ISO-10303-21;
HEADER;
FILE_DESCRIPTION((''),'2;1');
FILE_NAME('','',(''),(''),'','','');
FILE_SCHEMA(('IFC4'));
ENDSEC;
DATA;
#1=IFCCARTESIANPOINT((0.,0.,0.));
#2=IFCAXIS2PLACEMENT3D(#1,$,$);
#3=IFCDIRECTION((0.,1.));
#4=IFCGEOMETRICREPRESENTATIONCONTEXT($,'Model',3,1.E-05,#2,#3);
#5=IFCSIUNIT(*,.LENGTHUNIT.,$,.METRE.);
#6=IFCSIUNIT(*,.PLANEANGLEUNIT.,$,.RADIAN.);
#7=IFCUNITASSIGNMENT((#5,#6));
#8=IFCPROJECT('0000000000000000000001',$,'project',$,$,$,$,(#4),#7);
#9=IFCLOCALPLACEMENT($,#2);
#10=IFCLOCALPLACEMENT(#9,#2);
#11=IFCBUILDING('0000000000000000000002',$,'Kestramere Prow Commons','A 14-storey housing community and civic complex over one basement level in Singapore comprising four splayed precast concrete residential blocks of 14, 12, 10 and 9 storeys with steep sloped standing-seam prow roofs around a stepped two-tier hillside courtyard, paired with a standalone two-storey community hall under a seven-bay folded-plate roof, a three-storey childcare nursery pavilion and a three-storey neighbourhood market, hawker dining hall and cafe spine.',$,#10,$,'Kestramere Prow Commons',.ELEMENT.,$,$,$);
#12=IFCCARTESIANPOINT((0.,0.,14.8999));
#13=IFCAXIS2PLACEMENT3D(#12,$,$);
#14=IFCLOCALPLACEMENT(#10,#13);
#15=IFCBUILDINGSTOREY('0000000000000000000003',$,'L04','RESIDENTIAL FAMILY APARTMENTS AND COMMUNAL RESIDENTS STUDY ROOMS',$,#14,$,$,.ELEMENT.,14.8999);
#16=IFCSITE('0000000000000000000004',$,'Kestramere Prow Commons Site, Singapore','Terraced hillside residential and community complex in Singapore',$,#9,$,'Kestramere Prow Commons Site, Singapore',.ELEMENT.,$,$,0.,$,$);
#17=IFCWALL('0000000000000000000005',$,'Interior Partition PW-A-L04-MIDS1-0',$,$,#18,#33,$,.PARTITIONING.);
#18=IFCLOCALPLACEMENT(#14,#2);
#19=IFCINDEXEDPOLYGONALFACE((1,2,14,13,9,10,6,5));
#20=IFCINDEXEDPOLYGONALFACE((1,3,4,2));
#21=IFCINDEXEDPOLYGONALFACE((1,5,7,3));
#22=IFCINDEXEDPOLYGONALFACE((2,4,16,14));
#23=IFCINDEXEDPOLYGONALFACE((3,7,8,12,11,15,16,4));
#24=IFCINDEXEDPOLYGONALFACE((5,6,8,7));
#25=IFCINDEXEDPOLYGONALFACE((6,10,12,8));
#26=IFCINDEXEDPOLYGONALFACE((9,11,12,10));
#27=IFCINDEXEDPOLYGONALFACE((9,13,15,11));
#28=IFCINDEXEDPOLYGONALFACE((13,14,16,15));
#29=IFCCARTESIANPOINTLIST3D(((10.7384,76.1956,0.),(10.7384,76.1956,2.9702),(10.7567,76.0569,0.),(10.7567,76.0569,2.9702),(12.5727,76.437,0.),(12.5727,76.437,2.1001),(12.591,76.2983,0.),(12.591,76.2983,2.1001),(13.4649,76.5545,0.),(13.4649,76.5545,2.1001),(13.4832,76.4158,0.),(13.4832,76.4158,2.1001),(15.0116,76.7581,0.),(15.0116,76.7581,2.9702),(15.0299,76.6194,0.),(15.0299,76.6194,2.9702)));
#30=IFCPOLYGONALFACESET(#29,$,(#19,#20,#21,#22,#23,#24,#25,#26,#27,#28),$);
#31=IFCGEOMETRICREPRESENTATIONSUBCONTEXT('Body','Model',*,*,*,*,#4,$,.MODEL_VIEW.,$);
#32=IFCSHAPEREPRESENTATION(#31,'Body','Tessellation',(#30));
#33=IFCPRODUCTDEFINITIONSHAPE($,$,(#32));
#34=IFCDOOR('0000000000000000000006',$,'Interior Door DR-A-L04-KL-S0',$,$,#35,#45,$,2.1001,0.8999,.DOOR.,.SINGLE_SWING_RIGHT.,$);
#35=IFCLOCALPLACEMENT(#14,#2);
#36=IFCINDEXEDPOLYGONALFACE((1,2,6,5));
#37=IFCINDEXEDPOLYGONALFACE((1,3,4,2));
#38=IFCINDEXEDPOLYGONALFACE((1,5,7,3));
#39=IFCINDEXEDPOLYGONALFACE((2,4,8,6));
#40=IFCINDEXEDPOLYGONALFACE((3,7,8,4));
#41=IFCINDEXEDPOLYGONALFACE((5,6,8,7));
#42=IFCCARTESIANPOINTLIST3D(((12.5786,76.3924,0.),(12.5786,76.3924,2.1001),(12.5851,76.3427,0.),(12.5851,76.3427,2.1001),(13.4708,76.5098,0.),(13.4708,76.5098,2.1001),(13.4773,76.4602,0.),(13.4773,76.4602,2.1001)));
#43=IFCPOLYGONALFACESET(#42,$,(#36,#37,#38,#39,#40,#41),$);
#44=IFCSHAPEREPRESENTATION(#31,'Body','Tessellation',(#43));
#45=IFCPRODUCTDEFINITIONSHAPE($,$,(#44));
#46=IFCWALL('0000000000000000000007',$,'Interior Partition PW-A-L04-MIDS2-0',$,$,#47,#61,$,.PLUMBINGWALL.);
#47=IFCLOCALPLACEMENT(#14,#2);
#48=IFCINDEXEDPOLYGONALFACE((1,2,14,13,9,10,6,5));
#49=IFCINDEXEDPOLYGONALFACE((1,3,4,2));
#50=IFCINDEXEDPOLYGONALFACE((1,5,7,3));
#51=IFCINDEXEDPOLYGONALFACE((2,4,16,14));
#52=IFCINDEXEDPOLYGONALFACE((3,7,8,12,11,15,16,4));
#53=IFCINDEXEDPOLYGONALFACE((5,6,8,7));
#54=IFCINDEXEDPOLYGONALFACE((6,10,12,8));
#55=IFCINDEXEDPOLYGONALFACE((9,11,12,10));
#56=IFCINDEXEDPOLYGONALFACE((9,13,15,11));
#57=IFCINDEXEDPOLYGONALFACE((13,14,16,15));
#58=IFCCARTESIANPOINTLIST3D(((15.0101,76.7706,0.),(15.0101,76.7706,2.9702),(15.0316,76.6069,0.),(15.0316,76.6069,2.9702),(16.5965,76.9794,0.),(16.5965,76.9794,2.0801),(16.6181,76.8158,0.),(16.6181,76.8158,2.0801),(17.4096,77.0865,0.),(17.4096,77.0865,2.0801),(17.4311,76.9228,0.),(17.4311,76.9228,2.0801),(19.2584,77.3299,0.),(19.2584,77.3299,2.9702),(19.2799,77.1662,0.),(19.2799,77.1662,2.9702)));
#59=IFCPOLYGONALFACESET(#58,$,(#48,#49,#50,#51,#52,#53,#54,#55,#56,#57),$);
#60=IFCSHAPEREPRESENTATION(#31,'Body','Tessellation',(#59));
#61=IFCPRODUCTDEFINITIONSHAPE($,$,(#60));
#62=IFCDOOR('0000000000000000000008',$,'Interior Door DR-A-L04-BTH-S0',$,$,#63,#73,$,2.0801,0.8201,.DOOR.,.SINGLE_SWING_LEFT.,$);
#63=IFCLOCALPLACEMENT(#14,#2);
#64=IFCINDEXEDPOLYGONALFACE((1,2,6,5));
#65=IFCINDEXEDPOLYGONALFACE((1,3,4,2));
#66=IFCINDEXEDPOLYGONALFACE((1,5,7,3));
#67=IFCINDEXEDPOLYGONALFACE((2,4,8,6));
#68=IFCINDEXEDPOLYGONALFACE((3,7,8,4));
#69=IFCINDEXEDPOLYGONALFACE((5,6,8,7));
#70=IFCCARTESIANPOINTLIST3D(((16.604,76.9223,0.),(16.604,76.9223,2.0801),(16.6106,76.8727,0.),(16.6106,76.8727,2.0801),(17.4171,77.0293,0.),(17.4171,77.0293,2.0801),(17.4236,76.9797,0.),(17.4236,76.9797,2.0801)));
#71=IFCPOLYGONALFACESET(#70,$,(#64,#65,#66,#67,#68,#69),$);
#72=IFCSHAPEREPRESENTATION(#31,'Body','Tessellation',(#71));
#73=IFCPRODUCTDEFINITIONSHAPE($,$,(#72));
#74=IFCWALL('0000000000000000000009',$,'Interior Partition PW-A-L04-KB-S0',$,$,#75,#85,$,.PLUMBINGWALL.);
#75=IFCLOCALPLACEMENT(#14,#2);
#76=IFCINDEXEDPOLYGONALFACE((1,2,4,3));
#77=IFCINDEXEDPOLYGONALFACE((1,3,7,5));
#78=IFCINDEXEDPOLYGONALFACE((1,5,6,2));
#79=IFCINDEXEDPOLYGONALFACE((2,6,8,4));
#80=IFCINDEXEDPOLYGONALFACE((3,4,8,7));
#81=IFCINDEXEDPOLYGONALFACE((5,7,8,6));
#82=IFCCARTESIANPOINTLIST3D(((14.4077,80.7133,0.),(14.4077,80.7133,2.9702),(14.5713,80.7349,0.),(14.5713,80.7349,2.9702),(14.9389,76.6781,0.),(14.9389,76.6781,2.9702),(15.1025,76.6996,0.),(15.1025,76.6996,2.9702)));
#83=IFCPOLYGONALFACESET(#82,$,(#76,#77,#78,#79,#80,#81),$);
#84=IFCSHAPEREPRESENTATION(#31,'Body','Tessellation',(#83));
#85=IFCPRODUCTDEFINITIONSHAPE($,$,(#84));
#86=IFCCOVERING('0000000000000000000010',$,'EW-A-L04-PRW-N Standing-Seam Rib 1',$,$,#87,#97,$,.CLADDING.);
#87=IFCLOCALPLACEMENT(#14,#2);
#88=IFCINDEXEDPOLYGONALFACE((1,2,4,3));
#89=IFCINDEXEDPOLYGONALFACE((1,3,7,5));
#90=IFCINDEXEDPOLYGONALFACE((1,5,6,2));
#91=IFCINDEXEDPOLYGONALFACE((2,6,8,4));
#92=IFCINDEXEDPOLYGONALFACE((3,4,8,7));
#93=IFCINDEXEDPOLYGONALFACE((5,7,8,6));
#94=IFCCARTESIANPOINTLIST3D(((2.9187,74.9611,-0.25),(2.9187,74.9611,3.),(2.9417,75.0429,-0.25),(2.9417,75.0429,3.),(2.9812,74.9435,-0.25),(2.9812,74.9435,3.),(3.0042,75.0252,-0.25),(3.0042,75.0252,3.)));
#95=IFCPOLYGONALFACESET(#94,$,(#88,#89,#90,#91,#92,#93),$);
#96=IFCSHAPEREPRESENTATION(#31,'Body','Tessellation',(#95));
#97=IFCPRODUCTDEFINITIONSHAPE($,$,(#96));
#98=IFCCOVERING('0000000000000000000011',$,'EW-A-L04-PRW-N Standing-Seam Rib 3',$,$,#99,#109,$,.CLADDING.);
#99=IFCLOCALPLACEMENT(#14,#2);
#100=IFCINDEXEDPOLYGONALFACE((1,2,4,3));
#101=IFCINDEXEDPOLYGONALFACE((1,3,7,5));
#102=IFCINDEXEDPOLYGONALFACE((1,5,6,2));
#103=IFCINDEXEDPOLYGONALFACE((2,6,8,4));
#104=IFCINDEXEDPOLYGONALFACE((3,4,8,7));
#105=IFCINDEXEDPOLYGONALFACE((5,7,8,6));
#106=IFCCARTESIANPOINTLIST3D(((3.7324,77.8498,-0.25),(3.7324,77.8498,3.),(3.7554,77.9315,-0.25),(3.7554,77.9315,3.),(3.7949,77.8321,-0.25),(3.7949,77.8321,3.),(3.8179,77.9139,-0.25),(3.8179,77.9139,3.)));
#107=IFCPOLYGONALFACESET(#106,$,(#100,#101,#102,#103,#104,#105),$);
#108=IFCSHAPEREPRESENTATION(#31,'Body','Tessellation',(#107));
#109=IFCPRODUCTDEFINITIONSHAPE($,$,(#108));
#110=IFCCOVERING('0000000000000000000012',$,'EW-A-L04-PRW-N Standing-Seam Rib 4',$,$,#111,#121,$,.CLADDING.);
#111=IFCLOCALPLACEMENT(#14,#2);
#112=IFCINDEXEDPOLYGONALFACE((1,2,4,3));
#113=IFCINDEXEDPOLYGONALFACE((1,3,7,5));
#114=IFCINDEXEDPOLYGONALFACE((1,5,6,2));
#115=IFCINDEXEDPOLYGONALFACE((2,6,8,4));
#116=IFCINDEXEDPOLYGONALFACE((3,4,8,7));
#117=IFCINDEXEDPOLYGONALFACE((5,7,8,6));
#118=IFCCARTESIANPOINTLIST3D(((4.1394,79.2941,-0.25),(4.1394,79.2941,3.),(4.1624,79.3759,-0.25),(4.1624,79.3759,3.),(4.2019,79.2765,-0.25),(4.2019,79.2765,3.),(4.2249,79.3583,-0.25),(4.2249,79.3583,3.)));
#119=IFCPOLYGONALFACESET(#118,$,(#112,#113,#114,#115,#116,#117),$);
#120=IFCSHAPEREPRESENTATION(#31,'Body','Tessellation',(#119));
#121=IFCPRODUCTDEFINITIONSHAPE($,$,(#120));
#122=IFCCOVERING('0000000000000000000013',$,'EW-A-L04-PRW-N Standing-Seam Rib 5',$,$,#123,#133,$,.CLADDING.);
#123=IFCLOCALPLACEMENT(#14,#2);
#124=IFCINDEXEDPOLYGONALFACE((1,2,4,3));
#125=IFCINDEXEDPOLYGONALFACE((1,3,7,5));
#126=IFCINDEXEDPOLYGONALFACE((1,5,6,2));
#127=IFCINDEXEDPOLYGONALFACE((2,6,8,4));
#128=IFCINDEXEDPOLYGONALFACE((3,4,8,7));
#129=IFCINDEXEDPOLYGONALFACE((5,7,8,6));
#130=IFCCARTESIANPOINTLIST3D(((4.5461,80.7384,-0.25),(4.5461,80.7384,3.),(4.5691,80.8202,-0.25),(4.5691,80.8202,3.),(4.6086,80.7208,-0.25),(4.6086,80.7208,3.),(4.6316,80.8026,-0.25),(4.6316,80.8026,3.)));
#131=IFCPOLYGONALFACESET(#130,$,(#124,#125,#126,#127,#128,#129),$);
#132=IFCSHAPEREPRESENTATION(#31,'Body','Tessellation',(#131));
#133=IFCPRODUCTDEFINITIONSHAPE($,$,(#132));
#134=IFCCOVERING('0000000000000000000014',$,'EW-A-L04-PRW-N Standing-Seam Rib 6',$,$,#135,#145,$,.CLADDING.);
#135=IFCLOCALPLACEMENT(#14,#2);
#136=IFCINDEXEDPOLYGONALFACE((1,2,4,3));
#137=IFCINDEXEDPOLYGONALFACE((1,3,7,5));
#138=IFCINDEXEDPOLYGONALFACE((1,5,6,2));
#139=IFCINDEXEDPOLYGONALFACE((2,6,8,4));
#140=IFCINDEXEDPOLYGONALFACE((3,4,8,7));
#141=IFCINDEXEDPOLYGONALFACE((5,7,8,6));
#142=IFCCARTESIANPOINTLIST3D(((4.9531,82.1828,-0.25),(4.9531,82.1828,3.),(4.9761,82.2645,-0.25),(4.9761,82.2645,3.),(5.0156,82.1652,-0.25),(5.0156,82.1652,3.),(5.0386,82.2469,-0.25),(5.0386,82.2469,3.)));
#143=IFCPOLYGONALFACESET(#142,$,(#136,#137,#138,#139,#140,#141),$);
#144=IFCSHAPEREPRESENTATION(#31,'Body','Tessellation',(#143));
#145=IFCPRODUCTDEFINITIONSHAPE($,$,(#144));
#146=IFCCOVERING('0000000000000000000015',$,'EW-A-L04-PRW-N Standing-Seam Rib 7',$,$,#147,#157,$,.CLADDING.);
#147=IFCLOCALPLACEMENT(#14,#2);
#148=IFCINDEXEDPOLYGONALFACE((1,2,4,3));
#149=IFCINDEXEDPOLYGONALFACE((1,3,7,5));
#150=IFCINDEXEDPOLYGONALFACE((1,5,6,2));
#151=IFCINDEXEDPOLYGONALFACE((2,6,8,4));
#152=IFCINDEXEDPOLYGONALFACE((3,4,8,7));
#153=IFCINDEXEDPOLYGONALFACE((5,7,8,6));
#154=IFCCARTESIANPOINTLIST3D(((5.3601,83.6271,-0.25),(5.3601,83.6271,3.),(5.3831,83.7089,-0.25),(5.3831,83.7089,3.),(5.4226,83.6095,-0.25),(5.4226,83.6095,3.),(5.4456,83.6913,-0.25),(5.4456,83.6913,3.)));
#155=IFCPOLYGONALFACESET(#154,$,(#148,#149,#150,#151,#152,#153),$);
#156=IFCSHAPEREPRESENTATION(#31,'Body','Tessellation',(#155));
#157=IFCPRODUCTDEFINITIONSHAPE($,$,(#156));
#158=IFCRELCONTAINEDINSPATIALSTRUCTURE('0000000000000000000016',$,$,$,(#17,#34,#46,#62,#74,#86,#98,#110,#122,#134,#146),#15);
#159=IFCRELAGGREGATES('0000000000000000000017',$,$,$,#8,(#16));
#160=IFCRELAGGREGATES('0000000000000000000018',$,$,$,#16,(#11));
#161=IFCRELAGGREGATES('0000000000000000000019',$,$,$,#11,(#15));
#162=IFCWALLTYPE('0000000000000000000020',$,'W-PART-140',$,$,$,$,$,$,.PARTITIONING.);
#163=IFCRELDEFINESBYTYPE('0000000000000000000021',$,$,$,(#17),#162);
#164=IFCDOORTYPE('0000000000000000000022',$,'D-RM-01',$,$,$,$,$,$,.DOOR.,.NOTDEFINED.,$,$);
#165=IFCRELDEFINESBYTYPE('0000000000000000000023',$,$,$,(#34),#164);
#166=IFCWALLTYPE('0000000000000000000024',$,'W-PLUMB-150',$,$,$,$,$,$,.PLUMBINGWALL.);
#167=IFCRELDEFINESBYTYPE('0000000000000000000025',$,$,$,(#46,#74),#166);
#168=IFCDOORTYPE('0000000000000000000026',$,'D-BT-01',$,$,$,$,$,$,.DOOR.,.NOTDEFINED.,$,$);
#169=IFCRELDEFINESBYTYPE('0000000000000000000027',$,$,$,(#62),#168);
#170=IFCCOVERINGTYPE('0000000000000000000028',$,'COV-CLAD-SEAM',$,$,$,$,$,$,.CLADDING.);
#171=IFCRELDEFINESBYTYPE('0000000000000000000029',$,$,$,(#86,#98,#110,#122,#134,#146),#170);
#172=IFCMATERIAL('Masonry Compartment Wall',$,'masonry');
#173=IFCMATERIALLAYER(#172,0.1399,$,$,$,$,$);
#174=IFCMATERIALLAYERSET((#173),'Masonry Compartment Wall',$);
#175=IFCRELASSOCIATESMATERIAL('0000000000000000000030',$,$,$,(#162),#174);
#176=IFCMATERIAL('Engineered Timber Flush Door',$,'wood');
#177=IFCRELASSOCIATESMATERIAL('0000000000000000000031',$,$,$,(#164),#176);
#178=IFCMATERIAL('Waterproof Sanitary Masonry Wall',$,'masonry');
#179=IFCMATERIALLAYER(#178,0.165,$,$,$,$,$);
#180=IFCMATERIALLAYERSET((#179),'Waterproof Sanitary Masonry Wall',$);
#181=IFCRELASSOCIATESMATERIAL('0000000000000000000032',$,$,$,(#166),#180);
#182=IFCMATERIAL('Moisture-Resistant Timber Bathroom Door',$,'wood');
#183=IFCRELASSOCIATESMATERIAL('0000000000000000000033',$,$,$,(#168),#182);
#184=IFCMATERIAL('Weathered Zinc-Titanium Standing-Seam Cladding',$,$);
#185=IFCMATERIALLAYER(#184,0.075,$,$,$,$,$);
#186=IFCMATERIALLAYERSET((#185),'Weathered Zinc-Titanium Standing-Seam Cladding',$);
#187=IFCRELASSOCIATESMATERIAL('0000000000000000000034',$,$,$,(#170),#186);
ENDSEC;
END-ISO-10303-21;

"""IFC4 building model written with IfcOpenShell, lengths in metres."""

from ifc_helpers import new_model, si_unit, direction, frame, frame_2d, origin, origin_2d, place, context, subcontext, project, spatial, rectangle, extrude, material, layer, layer_set, type_object, element, fill, save


model = new_model("IFC4")

# Units and contexts
model_context = context("Model", 3, precision=1e-05, world=origin(), true_north=direction((0.0, 1.0)))
body_context = subcontext(model_context, "Body", "Model", "MODEL_VIEW")
ifc_project = project(units=[si_unit("LENGTHUNIT", "METRE"), si_unit("PLANEANGLEUNIT", "RADIAN")], contexts=[model_context])

# Site, building, storey
site_placement = place(None, origin())
site = spatial("IfcSite", under=ifc_project, at=site_placement, Name="Kestramere Prow Commons Site, Singapore", Description="Terraced hillside residential and community complex in Singapore", LongName="Kestramere Prow Commons Site, Singapore", CompositionType="ELEMENT", RefElevation=0.0)
building_placement = place(site_placement, origin())
building = spatial("IfcBuilding", under=site, at=building_placement, Name="Kestramere Prow Commons", Description="A 14-storey housing community and civic complex over one basement level in Singapore comprising four splayed precast concrete residential blocks of 14, 12, 10 and 9 storeys with steep sloped standing-seam prow roofs around a stepped two-tier hillside courtyard, paired with a standalone two-storey community hall under a seven-bay folded-plate roof, a three-storey childcare nursery pavilion and a three-storey neighbourhood market, hawker dining hall and cafe spine.", LongName="Kestramere Prow Commons", CompositionType="ELEMENT")
storey_placement = place(building_placement, frame((0.0, 0.0, 14.8999)))
storey = spatial("IfcBuildingStorey", under=building, at=storey_placement, Name="L04", Description="RESIDENTIAL FAMILY APARTMENTS AND COMMUNAL RESIDENTS STUDY ROOMS", CompositionType="ELEMENT", Elevation=14.8999)

# Walls, openings, doors
ifc_material_1 = material(Name="Masonry Compartment Wall", Category="masonry")
ifc_layer_1 = layer(ifc_material_1, 0.1399)
ifc_layer_set_1 = layer_set([ifc_layer_1], Name="Masonry Compartment Wall")
wall_type_1 = type_object("IfcWallType", Name="W-PART-140", PredefinedType="PARTITIONING", material=ifc_layer_set_1)
wall_1_placement = place(storey_placement, frame((10.7476, 76.1262, 0.0), z_axis=(0.0, 0.0, 1.0), x_axis=(0.991447, 0.130509, 0.0)))
wall_1 = element("IfcWall", 1, at=wall_1_placement, inside=storey, type_object=wall_type_1, Name="Interior Partition PW-A-L04-MIDS1-0", PredefinedType="PARTITIONING", context=body_context, shape_type="SweptSolid", body=[
    extrude(rectangle(XDim=4.3101, YDim=0.1399, at=frame_2d((2.155, 0.0))), origin(), (0.0, 0.0, 1.0), 2.9702),
])
opening_1_placement = place(wall_1_placement, frame((1.8501, 0.0, 0.0)))
opening_1 = element("IfcOpeningElement", 2, at=opening_1_placement, cuts=wall_1, PredefinedType="OPENING", context=body_context, shape_type="SweptSolid", body=[
    extrude(rectangle(XDim=0.8999, YDim=2.1001, at=frame_2d((0.45, 1.05))), frame((0.0, 0.085, 0.0), z_axis=(0.0, -1.0, 0.0), x_axis=(1.0, 0.0, 0.0)), (0.0, 0.0, 1.0), 0.1699),
])
ifc_material_2 = material(Name="Engineered Timber Flush Door", Category="wood")
door_type_1 = type_object("IfcDoorType", Name="D-RM-01", OperationType="NOTDEFINED", PredefinedType="DOOR", material=ifc_material_2)
door_1_placement = place(opening_1_placement, origin())
door_1 = element("IfcDoor", 3, at=door_1_placement, inside=storey, type_object=door_type_1, Name="Interior Door DR-A-L04-KL-S0", OperationType="SINGLE_SWING_RIGHT", OverallHeight=2.1001, OverallWidth=0.8999, PredefinedType="DOOR", context=body_context, shape_type="SweptSolid", body=[
    extrude(rectangle(XDim=0.8999, YDim=2.1001, at=frame_2d((0.45, 1.05))), frame((0.0, 0.0249, 0.0), z_axis=(0.0, -1.0, 0.0), x_axis=(1.0, 0.0, 0.0)), (0.0, 0.0, 1.0), 0.05),
])
fill(opening_1, door_1)
ifc_material_3 = material(Name="Waterproof Sanitary Masonry Wall", Category="masonry")
ifc_layer_2 = layer(ifc_material_3, 0.165)
ifc_layer_set_2 = layer_set([ifc_layer_2], Name="Waterproof Sanitary Masonry Wall")
wall_type_2 = type_object("IfcWallType", Name="W-PLUMB-150", PredefinedType="PLUMBINGWALL", material=ifc_layer_set_2)
wall_2_placement = place(storey_placement, frame((15.0208, 76.6887, 0.0), z_axis=(0.0, 0.0, 1.0), x_axis=(0.991444, 0.130533, 0.0)))
wall_2 = element("IfcWall", 4, at=wall_2_placement, inside=storey, type_object=wall_type_2, Name="Interior Partition PW-A-L04-MIDS2-0", PredefinedType="PLUMBINGWALL", context=body_context, shape_type="SweptSolid", body=[
    extrude(rectangle(XDim=4.2849, YDim=0.165, at=frame_2d((2.1426, 0.0))), origin(), (0.0, 0.0, 1.0), 2.9702),
])
opening_2_placement = place(wall_2_placement, frame((1.6001, 0.0, 0.0)))
opening_2 = element("IfcOpeningElement", 5, at=opening_2_placement, cuts=wall_2, PredefinedType="OPENING", context=body_context, shape_type="SweptSolid", body=[
    extrude(rectangle(XDim=0.8201, YDim=2.0801, at=frame_2d((0.4102, 1.04))), frame((0.0, 0.0974, 0.0), z_axis=(0.0, -1.0, 0.0), x_axis=(1.0, 0.0, 0.0)), (0.0, 0.0, 1.0), 0.1951),
])
ifc_material_4 = material(Name="Moisture-Resistant Timber Bathroom Door", Category="wood")
door_type_2 = type_object("IfcDoorType", Name="D-BT-01", OperationType="NOTDEFINED", PredefinedType="DOOR", material=ifc_material_4)
door_2_placement = place(opening_2_placement, origin())
door_2 = element("IfcDoor", 6, at=door_2_placement, inside=storey, type_object=door_type_2, Name="Interior Door DR-A-L04-BTH-S0", OperationType="SINGLE_SWING_LEFT", OverallHeight=2.0801, OverallWidth=0.8201, PredefinedType="DOOR", context=body_context, shape_type="SweptSolid", body=[
    extrude(rectangle(XDim=0.8201, YDim=2.0801, at=frame_2d((0.4102, 1.04))), frame((0.0, 0.0249, 0.0), z_axis=(0.0, -1.0, 0.0), x_axis=(1.0, 0.0, 0.0)), (0.0, 0.0, 1.0), 0.05),
])
fill(opening_2, door_2)

# Wall
wall_3_placement = place(storey_placement, frame((15.0208, 76.6887, 0.0), z_axis=(0.0, 0.0, 1.0), x_axis=(-0.130529, 0.991444, 0.0)))
element("IfcWall", 7, at=wall_3_placement, inside=storey, type_object=wall_type_2, Name="Interior Partition PW-A-L04-KB-S0", PredefinedType="PLUMBINGWALL", context=body_context, shape_type="SweptSolid", body=[
    extrude(rectangle(XDim=4.0701, YDim=0.165, at=frame_2d((2.0352, 0.0))), origin(), (0.0, 0.0, 1.0), 2.9702),
])

# Coverings
ifc_material_5 = material(Name="Weathered Zinc-Titanium Standing-Seam Cladding")
ifc_layer_3 = layer(ifc_material_5, 0.075)
ifc_layer_set_3 = layer_set([ifc_layer_3], Name="Weathered Zinc-Titanium Standing-Seam Cladding")
covering_type = type_object("IfcCoveringType", Name="COV-CLAD-SEAM", PredefinedType="CLADDING", material=ifc_layer_set_3)
for number, where, z_axis, x_axis, name in (
    (8, (2.9614, 74.9932, -0.25), (0.0, 0.0, 1.0), (0.27116, 0.962534, 0.0), "EW-A-L04-PRW-N Standing-Seam Rib 1"),
    (9, (3.7751, 77.8818, -0.25), (0.0, 0.0, 1.0), (0.27116, 0.962534, 0.0), "EW-A-L04-PRW-N Standing-Seam Rib 3"),
    (10, (4.1821, 79.3262, -0.25), (0.0, 0.0, 1.0), (0.27116, 0.962534, 0.0), "EW-A-L04-PRW-N Standing-Seam Rib 4"),
    (11, (4.5889, 80.7705, -0.25), (0.0, 0.0, 1.0), (0.27116, 0.962534, 0.0), "EW-A-L04-PRW-N Standing-Seam Rib 5"),
    (12, (4.9958, 82.2148, -0.25), (0.0, 0.0, 1.0), (0.27116, 0.962534, 0.0), "EW-A-L04-PRW-N Standing-Seam Rib 6"),
    (13, (5.4028, 83.6592, -0.25), (0.0, 0.0, 1.0), (0.27116, 0.962534, 0.0), "EW-A-L04-PRW-N Standing-Seam Rib 7"),
):
    element("IfcCovering", number, at=place(storey_placement, frame(where, z_axis=z_axis, x_axis=x_axis)), inside=storey, type_object=covering_type, Name=name, PredefinedType="CLADDING", context=body_context, shape_type="SweptSolid", body=[
        extrude(rectangle(XDim=0.085, YDim=0.0649, at=origin_2d()), origin(), (0.0, 0.0, 1.0), 3.25),
    ])

save(model, "model.ifc")
